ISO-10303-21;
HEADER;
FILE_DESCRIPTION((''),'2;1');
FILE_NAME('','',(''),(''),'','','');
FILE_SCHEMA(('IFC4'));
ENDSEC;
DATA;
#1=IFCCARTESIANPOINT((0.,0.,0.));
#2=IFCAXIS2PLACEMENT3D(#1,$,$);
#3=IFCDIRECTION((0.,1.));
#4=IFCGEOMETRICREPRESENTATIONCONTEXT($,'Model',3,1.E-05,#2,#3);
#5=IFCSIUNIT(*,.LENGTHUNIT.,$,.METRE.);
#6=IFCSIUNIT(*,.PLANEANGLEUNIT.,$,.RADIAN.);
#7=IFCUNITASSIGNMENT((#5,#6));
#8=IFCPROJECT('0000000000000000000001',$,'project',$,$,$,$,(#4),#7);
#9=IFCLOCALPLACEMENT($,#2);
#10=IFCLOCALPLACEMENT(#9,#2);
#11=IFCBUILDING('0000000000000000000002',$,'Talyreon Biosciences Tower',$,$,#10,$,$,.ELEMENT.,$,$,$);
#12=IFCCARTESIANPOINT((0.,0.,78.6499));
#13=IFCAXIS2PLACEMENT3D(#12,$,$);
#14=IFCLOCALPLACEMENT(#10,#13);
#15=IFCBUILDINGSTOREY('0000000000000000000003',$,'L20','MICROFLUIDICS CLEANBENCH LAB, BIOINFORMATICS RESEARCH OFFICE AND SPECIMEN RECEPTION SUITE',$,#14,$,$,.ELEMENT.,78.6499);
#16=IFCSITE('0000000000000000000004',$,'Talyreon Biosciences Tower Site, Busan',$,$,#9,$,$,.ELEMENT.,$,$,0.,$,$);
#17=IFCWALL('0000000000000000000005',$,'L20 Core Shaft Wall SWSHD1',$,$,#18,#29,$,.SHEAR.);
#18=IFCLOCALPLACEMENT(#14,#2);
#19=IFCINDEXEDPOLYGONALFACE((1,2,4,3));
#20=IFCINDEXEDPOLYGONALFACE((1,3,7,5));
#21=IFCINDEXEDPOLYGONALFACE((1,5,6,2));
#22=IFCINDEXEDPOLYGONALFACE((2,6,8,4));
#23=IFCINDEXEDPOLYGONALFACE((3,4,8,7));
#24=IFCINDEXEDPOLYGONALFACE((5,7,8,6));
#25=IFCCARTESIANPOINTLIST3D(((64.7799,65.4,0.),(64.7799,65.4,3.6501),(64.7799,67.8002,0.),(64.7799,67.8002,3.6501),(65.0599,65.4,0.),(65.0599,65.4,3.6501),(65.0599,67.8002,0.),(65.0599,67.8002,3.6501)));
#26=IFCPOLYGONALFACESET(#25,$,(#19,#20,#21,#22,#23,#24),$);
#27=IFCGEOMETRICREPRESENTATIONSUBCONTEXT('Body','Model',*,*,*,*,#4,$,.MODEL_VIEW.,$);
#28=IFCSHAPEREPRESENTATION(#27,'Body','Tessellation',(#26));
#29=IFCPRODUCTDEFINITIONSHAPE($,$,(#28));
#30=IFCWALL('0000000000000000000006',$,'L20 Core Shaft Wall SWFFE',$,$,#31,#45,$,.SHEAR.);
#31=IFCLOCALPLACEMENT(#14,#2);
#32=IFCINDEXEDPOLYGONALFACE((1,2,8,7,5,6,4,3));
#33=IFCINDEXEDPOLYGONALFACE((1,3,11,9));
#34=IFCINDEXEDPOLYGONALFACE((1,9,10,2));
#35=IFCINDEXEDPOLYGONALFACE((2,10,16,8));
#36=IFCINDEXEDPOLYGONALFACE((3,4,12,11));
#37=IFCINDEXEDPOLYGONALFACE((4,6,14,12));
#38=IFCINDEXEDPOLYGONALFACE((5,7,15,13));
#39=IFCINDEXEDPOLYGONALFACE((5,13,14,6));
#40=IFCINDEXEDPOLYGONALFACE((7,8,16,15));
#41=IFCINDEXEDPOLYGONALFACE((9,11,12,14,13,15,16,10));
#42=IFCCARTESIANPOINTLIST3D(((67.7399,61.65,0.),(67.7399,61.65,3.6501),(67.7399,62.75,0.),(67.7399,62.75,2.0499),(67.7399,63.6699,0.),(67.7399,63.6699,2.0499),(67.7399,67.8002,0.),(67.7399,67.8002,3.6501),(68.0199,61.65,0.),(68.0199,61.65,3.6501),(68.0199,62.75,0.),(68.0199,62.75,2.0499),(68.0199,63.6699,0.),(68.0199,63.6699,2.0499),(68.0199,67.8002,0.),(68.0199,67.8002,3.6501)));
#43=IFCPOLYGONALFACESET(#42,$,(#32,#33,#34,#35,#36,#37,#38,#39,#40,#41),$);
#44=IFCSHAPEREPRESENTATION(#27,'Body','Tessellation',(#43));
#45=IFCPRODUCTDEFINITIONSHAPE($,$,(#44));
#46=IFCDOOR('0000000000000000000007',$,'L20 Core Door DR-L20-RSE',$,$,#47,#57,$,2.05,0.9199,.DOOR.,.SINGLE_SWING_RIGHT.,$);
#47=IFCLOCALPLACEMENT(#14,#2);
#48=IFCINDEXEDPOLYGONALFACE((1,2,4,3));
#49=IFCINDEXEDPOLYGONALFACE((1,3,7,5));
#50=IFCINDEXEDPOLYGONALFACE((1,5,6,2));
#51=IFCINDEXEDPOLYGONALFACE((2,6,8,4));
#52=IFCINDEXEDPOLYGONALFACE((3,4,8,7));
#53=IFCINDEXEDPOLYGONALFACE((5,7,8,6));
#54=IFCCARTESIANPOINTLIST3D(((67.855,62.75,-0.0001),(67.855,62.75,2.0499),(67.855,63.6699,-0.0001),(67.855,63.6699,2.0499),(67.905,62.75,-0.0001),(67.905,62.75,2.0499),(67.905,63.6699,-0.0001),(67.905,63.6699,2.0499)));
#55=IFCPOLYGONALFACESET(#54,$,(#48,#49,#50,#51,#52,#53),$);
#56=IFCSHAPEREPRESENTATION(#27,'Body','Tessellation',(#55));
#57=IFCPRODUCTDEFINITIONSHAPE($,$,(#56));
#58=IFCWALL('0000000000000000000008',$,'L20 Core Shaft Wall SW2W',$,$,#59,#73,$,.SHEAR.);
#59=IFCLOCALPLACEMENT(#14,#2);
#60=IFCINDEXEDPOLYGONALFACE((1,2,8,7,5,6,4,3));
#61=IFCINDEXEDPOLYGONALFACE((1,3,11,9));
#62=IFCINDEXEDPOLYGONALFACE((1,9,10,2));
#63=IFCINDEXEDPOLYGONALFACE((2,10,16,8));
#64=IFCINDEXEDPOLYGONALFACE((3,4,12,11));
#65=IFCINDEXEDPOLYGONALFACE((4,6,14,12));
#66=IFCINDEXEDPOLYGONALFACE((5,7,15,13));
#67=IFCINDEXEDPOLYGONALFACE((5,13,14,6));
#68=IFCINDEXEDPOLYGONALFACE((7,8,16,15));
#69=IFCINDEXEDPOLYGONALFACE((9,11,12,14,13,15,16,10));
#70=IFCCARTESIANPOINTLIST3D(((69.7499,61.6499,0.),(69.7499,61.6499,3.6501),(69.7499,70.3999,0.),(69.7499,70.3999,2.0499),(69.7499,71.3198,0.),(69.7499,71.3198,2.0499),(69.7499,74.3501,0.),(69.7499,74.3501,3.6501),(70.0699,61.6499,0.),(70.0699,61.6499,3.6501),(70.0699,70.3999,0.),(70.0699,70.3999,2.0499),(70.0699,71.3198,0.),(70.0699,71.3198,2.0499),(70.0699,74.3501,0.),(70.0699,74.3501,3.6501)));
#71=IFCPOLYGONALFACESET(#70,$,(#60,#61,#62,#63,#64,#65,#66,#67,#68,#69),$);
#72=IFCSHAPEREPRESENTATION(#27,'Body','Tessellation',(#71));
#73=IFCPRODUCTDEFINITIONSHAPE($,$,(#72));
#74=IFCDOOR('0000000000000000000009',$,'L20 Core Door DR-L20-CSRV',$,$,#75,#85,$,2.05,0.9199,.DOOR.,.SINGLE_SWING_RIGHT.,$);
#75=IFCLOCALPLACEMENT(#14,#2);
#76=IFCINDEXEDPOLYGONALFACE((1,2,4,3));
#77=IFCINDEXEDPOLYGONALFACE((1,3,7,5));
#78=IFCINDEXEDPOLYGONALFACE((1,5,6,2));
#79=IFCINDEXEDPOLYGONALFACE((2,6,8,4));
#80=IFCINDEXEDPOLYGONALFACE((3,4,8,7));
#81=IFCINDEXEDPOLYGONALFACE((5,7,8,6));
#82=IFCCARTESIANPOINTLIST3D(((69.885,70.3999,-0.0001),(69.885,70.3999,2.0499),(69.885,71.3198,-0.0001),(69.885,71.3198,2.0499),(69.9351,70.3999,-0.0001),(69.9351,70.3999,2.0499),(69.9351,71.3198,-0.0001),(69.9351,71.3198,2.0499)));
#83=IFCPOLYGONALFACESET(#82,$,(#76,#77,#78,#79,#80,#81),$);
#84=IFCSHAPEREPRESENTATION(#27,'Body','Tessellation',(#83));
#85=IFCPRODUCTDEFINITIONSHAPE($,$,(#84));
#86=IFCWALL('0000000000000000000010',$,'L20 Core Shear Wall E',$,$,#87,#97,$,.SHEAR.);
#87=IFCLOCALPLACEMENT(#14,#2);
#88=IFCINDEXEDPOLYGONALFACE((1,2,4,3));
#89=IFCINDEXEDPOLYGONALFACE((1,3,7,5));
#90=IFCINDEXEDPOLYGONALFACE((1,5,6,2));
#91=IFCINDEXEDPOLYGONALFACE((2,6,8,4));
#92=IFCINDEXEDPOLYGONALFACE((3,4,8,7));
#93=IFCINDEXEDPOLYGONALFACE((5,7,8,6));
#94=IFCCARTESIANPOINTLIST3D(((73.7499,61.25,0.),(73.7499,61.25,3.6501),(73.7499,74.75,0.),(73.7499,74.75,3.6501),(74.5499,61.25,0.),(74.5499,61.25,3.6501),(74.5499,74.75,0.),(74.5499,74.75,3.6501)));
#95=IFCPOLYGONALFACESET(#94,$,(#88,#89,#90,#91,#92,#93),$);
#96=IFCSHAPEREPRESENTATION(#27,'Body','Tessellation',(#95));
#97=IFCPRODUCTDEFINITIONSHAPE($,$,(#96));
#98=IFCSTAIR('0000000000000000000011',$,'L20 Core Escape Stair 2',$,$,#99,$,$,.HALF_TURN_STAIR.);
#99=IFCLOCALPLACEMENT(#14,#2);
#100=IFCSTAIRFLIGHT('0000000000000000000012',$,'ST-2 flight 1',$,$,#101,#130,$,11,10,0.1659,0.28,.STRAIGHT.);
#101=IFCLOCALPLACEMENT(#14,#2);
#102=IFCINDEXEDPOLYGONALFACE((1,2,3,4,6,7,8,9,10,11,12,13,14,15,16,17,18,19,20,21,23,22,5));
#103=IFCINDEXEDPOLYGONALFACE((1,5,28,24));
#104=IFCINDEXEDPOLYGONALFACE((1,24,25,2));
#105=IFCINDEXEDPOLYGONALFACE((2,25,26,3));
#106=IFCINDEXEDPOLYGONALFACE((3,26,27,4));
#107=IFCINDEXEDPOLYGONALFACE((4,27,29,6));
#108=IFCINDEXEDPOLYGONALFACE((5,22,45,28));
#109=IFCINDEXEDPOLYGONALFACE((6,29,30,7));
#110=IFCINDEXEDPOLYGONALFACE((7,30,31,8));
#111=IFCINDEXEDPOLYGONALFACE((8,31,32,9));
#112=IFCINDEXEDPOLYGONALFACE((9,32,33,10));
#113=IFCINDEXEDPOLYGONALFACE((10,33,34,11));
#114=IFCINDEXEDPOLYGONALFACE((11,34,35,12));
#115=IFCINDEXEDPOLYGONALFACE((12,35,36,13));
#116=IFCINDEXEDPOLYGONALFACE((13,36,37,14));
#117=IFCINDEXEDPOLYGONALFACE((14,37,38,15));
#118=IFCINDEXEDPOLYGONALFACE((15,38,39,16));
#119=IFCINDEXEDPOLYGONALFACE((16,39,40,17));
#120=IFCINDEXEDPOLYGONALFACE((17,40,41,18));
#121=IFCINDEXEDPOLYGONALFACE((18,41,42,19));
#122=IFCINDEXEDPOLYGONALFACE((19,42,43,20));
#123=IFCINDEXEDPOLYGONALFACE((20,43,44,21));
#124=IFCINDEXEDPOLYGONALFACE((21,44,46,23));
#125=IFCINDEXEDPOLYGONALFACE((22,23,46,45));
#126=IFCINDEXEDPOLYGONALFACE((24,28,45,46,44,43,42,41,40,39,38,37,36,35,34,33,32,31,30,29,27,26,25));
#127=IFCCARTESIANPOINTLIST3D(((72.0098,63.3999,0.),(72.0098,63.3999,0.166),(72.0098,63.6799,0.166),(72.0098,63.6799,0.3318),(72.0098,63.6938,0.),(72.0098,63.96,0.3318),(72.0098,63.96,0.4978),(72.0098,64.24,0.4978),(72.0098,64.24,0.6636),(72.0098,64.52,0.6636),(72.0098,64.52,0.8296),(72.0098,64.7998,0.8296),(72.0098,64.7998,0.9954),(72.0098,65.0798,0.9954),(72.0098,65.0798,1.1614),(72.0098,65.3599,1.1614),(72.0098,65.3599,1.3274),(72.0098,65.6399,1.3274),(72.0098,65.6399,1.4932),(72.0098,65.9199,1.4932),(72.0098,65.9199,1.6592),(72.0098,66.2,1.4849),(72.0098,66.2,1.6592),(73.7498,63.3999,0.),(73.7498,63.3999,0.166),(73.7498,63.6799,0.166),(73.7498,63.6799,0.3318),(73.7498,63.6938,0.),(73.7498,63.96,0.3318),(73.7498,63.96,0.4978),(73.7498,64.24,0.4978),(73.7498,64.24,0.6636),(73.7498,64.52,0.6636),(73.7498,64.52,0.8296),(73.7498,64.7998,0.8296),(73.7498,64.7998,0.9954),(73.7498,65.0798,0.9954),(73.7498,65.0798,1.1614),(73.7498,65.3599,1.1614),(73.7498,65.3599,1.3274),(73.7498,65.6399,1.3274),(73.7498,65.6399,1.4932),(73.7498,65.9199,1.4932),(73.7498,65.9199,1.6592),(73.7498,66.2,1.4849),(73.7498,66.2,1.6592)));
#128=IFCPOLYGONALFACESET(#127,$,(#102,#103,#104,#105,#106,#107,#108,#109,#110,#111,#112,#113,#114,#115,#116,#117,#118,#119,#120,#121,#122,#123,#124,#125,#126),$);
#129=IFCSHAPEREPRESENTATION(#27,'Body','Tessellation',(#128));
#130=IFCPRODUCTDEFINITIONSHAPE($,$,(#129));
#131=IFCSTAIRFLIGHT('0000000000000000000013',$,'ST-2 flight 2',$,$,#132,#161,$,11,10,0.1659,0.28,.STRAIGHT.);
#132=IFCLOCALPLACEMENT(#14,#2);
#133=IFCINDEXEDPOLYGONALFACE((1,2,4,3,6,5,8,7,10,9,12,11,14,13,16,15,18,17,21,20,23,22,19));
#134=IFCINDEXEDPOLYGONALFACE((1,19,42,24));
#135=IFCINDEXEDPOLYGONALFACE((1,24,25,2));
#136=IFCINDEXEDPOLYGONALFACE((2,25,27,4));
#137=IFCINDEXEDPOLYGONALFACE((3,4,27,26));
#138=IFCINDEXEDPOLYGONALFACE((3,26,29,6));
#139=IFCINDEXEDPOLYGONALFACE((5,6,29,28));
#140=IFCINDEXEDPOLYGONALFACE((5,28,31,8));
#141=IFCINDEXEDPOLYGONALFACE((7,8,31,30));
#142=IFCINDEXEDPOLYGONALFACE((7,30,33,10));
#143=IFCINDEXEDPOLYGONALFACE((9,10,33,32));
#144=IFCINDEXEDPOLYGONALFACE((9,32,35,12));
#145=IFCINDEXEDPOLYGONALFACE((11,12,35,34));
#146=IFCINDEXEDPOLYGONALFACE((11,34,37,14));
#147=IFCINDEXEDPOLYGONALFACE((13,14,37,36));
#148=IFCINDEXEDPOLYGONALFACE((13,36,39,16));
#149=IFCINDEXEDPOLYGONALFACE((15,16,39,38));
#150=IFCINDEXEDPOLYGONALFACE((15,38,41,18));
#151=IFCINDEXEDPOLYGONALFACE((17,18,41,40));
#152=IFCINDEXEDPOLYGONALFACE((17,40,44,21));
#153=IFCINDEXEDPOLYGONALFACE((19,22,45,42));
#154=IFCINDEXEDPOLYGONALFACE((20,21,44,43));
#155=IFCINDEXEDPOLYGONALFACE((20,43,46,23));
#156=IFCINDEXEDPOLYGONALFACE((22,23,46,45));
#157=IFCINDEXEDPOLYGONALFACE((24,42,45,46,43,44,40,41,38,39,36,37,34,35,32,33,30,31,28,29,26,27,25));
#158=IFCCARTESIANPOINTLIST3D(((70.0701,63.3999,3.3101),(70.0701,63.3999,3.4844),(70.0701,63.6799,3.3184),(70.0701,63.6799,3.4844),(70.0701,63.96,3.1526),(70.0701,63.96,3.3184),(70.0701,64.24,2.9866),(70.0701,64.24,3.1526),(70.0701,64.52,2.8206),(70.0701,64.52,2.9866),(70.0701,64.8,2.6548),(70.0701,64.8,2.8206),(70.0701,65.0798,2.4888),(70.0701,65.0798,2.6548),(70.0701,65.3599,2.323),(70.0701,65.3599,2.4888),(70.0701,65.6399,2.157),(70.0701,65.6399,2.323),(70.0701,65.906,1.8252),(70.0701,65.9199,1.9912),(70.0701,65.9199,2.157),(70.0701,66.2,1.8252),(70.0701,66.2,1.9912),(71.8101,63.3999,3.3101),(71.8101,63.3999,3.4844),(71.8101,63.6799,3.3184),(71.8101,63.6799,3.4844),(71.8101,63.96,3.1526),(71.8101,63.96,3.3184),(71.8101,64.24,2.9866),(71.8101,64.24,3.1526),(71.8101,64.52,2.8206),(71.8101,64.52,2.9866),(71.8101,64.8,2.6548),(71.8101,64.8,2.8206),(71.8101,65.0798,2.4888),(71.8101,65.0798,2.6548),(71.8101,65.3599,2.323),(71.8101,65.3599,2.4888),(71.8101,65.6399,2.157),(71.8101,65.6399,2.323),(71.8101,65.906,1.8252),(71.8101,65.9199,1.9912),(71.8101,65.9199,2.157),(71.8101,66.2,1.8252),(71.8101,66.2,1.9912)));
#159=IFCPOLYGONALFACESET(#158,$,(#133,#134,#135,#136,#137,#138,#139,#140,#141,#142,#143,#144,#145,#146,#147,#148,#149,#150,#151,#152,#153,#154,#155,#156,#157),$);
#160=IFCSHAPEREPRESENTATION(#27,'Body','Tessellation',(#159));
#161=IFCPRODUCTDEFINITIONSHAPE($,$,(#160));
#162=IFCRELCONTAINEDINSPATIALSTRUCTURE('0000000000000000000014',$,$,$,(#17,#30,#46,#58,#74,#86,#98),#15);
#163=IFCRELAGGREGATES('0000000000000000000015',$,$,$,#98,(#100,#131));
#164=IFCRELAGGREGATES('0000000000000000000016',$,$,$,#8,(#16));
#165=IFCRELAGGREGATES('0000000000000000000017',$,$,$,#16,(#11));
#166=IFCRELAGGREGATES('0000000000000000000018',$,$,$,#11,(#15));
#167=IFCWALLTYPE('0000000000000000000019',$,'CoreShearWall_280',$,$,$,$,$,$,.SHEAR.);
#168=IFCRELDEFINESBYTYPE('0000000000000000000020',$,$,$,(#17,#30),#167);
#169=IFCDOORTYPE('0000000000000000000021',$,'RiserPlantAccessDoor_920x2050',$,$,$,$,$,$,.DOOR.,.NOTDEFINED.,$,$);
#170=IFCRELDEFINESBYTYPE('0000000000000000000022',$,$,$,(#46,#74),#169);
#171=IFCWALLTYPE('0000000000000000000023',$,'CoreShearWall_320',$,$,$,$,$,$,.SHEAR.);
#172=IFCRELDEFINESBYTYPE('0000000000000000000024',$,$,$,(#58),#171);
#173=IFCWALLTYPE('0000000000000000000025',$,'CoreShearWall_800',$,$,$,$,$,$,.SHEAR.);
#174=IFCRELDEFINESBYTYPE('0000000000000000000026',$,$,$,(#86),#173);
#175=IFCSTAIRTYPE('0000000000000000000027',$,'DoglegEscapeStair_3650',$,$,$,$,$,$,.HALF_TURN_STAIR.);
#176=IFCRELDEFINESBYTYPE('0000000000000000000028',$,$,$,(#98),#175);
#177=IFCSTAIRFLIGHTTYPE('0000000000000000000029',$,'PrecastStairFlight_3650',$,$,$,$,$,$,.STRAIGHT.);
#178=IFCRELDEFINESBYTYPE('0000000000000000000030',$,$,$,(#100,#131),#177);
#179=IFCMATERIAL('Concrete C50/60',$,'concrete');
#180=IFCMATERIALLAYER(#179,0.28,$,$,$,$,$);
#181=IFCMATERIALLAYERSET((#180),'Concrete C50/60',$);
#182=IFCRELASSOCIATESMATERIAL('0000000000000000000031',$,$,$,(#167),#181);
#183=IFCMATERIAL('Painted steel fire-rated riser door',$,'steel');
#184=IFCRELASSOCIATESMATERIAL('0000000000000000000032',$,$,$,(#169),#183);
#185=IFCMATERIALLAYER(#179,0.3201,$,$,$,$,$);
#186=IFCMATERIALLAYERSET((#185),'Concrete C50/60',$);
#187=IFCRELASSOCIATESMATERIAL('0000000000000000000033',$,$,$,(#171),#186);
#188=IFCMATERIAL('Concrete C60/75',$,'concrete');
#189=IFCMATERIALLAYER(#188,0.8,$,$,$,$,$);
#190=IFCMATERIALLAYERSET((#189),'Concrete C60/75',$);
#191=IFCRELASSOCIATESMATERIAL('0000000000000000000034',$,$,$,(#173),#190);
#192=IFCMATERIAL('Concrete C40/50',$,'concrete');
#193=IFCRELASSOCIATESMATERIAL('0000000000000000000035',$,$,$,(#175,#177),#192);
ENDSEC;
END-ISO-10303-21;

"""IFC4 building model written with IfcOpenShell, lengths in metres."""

from ifc_helpers import new_model, si_unit, direction, frame, frame_2d, origin, place, context, subcontext, project, spatial, polyline, rectangle, outline, extrude, material, layer, layer_set, type_object, element, fill, aggregate, save


model = new_model("IFC4")

# Units and contexts
model_context = context("Model", 3, precision=1e-05, world=origin(), true_north=direction((0.0, 1.0)))
body_context = subcontext(model_context, "Body", "Model", "MODEL_VIEW")
ifc_project = project(units=[si_unit("LENGTHUNIT", "METRE"), si_unit("PLANEANGLEUNIT", "RADIAN")], contexts=[model_context])

# Site, building, storey
site_placement = place(None, origin())
site = spatial("IfcSite", under=ifc_project, at=site_placement, Name="Talyreon Biosciences Tower Site, Busan", CompositionType="ELEMENT", RefElevation=0.0)
building_placement = place(site_placement, origin())
building = spatial("IfcBuilding", under=site, at=building_placement, Name="Talyreon Biosciences Tower", CompositionType="ELEMENT")
storey_placement = place(building_placement, frame((0.0, 0.0, 78.6499)))
storey = spatial("IfcBuildingStorey", under=building, at=storey_placement, Name="L20", Description="MICROFLUIDICS CLEANBENCH LAB, BIOINFORMATICS RESEARCH OFFICE AND SPECIMEN RECEPTION SUITE", CompositionType="ELEMENT", Elevation=78.6499)

# Shared definitions
ifc_material_1 = material(Name="Concrete C60/75", Category="concrete")
ifc_material_2 = material(Name="Concrete C50/60", Category="concrete")

# Wall
ifc_layer_1 = layer(ifc_material_2, 0.28)
ifc_layer_set_1 = layer_set([ifc_layer_1], Name="Concrete C50/60")
wall_type_1 = type_object("IfcWallType", Name="CoreShearWall_280", PredefinedType="SHEAR", material=ifc_layer_set_1)
wall_1_placement = place(storey_placement, frame((64.9199, 65.3999, 0.0), z_axis=(0.0, 0.0, 1.0), x_axis=(0.0, 1.0, 0.0)))
element("IfcWall", 1, at=wall_1_placement, inside=storey, type_object=wall_type_1, Name="L20 Core Shaft Wall SWSHD1", PredefinedType="SHEAR", context=body_context, shape_type="SweptSolid", body=[
    extrude(rectangle(XDim=2.4001, YDim=0.28, at=frame_2d((1.2002, 0.0))), origin(), (0.0, 0.0, 1.0), 3.6501),
])

# Walls, openings, doors
wall_2_placement = place(storey_placement, frame((67.8799, 61.6499, 0.0), z_axis=(0.0, 0.0, 1.0), x_axis=(0.0, 1.0, 0.0)))
wall_2 = element("IfcWall", 2, at=wall_2_placement, inside=storey, type_object=wall_type_1, Name="L20 Core Shaft Wall SWFFE", PredefinedType="SHEAR", context=body_context, shape_type="SweptSolid", body=[
    extrude(rectangle(XDim=6.1501, YDim=0.28, at=frame_2d((3.0752, 0.0))), origin(), (0.0, 0.0, 1.0), 3.6501),
])
opening_1_placement = place(wall_2_placement, frame((1.1001, 0.0, 0.0)))
opening_1 = element("IfcOpeningElement", 3, at=opening_1_placement, cuts=wall_2, PredefinedType="OPENING", context=body_context, shape_type="SweptSolid", body=[
    extrude(rectangle(XDim=0.9199, YDim=2.05, at=frame_2d((0.46, 1.0249))), frame((0.0, 0.1499, 0.0), z_axis=(0.0, -1.0, 0.0), x_axis=(1.0, 0.0, 0.0)), (0.0, 0.0, 1.0), 0.3),
])
ifc_material_3 = material(Name="Painted steel fire-rated riser door", Category="steel")
door_type = type_object("IfcDoorType", Name="RiserPlantAccessDoor_920x2050", OperationType="NOTDEFINED", PredefinedType="DOOR", material=ifc_material_3)
door_1_placement = place(opening_1_placement, origin())
door_1 = element("IfcDoor", 4, at=door_1_placement, inside=storey, type_object=door_type, Name="L20 Core Door DR-L20-RSE", OperationType="SINGLE_SWING_RIGHT", OverallHeight=2.05, OverallWidth=0.9199, PredefinedType="DOOR", context=body_context, shape_type="SweptSolid", body=[
    extrude(rectangle(XDim=0.9199, YDim=2.05, at=frame_2d((0.46, 1.0249))), frame((0.0, 0.0249, 0.0), z_axis=(0.0, -1.0, 0.0), x_axis=(1.0, 0.0, 0.0)), (0.0, 0.0, 1.0), 0.05),
])
fill(opening_1, door_1)
ifc_layer_2 = layer(ifc_material_2, 0.3201)
ifc_layer_set_2 = layer_set([ifc_layer_2], Name="Concrete C50/60")
wall_type_2 = type_object("IfcWallType", Name="CoreShearWall_320", PredefinedType="SHEAR", material=ifc_layer_set_2)
wall_3_placement = place(storey_placement, frame((69.9099, 61.6499, 0.0), z_axis=(0.0, 0.0, 1.0), x_axis=(0.0, 1.0, 0.0)))
wall_3 = element("IfcWall", 5, at=wall_3_placement, inside=storey, type_object=wall_type_2, Name="L20 Core Shaft Wall SW2W", PredefinedType="SHEAR", context=body_context, shape_type="SweptSolid", body=[
    extrude(rectangle(XDim=12.7002, YDim=0.3201, at=frame_2d((6.3501, 0.0))), origin(), (0.0, 0.0, 1.0), 3.6501),
])
opening_2_placement = place(wall_3_placement, frame((8.75, 0.0, 0.0)))
opening_2 = element("IfcOpeningElement", 6, at=opening_2_placement, cuts=wall_3, PredefinedType="OPENING", context=body_context, shape_type="SweptSolid", body=[
    extrude(rectangle(XDim=0.9199, YDim=2.05, at=frame_2d((0.46, 1.0249))), frame((0.0, 0.1699, 0.0), z_axis=(0.0, -1.0, 0.0), x_axis=(1.0, 0.0, 0.0)), (0.0, 0.0, 1.0), 0.3401),
])
door_2_placement = place(opening_2_placement, origin())
door_2 = element("IfcDoor", 7, at=door_2_placement, inside=storey, type_object=door_type, Name="L20 Core Door DR-L20-CSRV", OperationType="SINGLE_SWING_RIGHT", OverallHeight=2.05, OverallWidth=0.9199, PredefinedType="DOOR", context=body_context, shape_type="SweptSolid", body=[
    extrude(rectangle(XDim=0.9199, YDim=2.05, at=frame_2d((0.46, 1.0249))), frame((0.0, 0.0249, 0.0), z_axis=(0.0, -1.0, 0.0), x_axis=(1.0, 0.0, 0.0)), (0.0, 0.0, 1.0), 0.05),
])
fill(opening_2, door_2)

# Wall
ifc_layer_3 = layer(ifc_material_1, 0.8)
ifc_layer_set_3 = layer_set([ifc_layer_3], Name="Concrete C60/75")
wall_type_3 = type_object("IfcWallType", Name="CoreShearWall_800", PredefinedType="SHEAR", material=ifc_layer_set_3)
wall_4_placement = place(storey_placement, frame((74.1499, 61.25, 0.0), z_axis=(0.0, 0.0, 1.0), x_axis=(0.0, 1.0, 0.0)))
element("IfcWall", 8, at=wall_4_placement, inside=storey, type_object=wall_type_3, Name="L20 Core Shear Wall E", PredefinedType="SHEAR", context=body_context, shape_type="SweptSolid", body=[
    extrude(rectangle(XDim=13.5, YDim=0.8, at=frame_2d((6.75, 0.0))), origin(), (0.0, 0.0, 1.0), 3.6501),
])

# Stair, stair flights
ifc_material_4 = material(Name="Concrete C40/50", Category="concrete")
stair_type = type_object("IfcStairType", Name="DoglegEscapeStair_3650", PredefinedType="HALF_TURN_STAIR", material=ifc_material_4)
stair_placement = place(storey_placement, origin())
stair = element("IfcStair", 9, at=stair_placement, inside=storey, type_object=stair_type, Name="L20 Core Escape Stair 2", PredefinedType="HALF_TURN_STAIR")
stair_flight_type = type_object("IfcStairFlightType", Name="PrecastStairFlight_3650", PredefinedType="STRAIGHT", material=ifc_material_4)
stair_flight_1_placement = place(storey_placement, frame((72.8799, 63.3999, 0.0), z_axis=(0.0, 0.0, 1.0), x_axis=(0.0, 1.0, 0.0)))
stair_flight_1 = element("IfcStairFlight", 10, at=stair_flight_1_placement, type_object=stair_flight_type, Name="ST-2 flight 1", NumberOfRisers=11, NumberOfTreads=10, PredefinedType="STRAIGHT", RiserHeight=0.1659, TreadLength=0.28, context=body_context, shape_type="SweptSolid", body=[
    extrude(outline(polyline([(0.0, 0.0), (0.0, 0.166), (0.28, 0.166), (0.28, 0.3318), (0.5601, 0.3318), (0.5601, 0.4978), (0.8401, 0.4978), (0.8401, 0.6636), (1.1201, 0.6636), (1.1201, 0.8296), (1.3999, 0.8296), (1.3999, 0.9954), (1.6799, 0.9954), (1.6799, 1.1614), (1.96, 1.1614), (1.96, 1.3274), (2.24, 1.3274), (2.24, 1.4932), (2.52, 1.4932), (2.52, 1.6592), (2.8, 1.6592), (2.8, 1.825), (2.8, 1.4849), (0.2939, 0.0), (0.0, 0.0)])), frame((0.0, 0.8701, 0.0), z_axis=(0.0, -1.0, 0.0), x_axis=(1.0, 0.0, 0.0)), (0.0, 0.0, 1.0), 1.74),
])
stair_flight_2_placement = place(storey_placement, frame((70.9399, 66.2, 1.8252), z_axis=(0.0, 0.0, 1.0), x_axis=(0.0, -1.0, 0.0)))
stair_flight_2 = element("IfcStairFlight", 11, at=stair_flight_2_placement, type_object=stair_flight_type, Name="ST-2 flight 2", NumberOfRisers=11, NumberOfTreads=10, PredefinedType="STRAIGHT", RiserHeight=0.1659, TreadLength=0.28, context=body_context, shape_type="SweptSolid", body=[
    extrude(outline(polyline([(0.0, 0.0), (0.0, 0.166), (0.28, 0.166), (0.28, 0.3318), (0.5601, 0.3318), (0.5601, 0.4978), (0.8401, 0.4978), (0.8401, 0.6636), (1.1201, 0.6636), (1.1201, 0.8296), (1.3999, 0.8296), (1.3999, 0.9954), (1.6799, 0.9954), (1.6799, 1.1614), (1.96, 1.1614), (1.96, 1.3274), (2.24, 1.3274), (2.24, 1.4932), (2.52, 1.4932), (2.52, 1.6592), (2.8, 1.6592), (2.8, 1.825), (2.8, 1.4849), (0.2939, 0.0), (0.0, 0.0)])), frame((0.0, 0.8701, 0.0), z_axis=(0.0, -1.0, 0.0), x_axis=(1.0, 0.0, 0.0)), (0.0, 0.0, 1.0), 1.74),
])
aggregate(stair, [stair_flight_1, stair_flight_2])

save(model, "model.ifc")
